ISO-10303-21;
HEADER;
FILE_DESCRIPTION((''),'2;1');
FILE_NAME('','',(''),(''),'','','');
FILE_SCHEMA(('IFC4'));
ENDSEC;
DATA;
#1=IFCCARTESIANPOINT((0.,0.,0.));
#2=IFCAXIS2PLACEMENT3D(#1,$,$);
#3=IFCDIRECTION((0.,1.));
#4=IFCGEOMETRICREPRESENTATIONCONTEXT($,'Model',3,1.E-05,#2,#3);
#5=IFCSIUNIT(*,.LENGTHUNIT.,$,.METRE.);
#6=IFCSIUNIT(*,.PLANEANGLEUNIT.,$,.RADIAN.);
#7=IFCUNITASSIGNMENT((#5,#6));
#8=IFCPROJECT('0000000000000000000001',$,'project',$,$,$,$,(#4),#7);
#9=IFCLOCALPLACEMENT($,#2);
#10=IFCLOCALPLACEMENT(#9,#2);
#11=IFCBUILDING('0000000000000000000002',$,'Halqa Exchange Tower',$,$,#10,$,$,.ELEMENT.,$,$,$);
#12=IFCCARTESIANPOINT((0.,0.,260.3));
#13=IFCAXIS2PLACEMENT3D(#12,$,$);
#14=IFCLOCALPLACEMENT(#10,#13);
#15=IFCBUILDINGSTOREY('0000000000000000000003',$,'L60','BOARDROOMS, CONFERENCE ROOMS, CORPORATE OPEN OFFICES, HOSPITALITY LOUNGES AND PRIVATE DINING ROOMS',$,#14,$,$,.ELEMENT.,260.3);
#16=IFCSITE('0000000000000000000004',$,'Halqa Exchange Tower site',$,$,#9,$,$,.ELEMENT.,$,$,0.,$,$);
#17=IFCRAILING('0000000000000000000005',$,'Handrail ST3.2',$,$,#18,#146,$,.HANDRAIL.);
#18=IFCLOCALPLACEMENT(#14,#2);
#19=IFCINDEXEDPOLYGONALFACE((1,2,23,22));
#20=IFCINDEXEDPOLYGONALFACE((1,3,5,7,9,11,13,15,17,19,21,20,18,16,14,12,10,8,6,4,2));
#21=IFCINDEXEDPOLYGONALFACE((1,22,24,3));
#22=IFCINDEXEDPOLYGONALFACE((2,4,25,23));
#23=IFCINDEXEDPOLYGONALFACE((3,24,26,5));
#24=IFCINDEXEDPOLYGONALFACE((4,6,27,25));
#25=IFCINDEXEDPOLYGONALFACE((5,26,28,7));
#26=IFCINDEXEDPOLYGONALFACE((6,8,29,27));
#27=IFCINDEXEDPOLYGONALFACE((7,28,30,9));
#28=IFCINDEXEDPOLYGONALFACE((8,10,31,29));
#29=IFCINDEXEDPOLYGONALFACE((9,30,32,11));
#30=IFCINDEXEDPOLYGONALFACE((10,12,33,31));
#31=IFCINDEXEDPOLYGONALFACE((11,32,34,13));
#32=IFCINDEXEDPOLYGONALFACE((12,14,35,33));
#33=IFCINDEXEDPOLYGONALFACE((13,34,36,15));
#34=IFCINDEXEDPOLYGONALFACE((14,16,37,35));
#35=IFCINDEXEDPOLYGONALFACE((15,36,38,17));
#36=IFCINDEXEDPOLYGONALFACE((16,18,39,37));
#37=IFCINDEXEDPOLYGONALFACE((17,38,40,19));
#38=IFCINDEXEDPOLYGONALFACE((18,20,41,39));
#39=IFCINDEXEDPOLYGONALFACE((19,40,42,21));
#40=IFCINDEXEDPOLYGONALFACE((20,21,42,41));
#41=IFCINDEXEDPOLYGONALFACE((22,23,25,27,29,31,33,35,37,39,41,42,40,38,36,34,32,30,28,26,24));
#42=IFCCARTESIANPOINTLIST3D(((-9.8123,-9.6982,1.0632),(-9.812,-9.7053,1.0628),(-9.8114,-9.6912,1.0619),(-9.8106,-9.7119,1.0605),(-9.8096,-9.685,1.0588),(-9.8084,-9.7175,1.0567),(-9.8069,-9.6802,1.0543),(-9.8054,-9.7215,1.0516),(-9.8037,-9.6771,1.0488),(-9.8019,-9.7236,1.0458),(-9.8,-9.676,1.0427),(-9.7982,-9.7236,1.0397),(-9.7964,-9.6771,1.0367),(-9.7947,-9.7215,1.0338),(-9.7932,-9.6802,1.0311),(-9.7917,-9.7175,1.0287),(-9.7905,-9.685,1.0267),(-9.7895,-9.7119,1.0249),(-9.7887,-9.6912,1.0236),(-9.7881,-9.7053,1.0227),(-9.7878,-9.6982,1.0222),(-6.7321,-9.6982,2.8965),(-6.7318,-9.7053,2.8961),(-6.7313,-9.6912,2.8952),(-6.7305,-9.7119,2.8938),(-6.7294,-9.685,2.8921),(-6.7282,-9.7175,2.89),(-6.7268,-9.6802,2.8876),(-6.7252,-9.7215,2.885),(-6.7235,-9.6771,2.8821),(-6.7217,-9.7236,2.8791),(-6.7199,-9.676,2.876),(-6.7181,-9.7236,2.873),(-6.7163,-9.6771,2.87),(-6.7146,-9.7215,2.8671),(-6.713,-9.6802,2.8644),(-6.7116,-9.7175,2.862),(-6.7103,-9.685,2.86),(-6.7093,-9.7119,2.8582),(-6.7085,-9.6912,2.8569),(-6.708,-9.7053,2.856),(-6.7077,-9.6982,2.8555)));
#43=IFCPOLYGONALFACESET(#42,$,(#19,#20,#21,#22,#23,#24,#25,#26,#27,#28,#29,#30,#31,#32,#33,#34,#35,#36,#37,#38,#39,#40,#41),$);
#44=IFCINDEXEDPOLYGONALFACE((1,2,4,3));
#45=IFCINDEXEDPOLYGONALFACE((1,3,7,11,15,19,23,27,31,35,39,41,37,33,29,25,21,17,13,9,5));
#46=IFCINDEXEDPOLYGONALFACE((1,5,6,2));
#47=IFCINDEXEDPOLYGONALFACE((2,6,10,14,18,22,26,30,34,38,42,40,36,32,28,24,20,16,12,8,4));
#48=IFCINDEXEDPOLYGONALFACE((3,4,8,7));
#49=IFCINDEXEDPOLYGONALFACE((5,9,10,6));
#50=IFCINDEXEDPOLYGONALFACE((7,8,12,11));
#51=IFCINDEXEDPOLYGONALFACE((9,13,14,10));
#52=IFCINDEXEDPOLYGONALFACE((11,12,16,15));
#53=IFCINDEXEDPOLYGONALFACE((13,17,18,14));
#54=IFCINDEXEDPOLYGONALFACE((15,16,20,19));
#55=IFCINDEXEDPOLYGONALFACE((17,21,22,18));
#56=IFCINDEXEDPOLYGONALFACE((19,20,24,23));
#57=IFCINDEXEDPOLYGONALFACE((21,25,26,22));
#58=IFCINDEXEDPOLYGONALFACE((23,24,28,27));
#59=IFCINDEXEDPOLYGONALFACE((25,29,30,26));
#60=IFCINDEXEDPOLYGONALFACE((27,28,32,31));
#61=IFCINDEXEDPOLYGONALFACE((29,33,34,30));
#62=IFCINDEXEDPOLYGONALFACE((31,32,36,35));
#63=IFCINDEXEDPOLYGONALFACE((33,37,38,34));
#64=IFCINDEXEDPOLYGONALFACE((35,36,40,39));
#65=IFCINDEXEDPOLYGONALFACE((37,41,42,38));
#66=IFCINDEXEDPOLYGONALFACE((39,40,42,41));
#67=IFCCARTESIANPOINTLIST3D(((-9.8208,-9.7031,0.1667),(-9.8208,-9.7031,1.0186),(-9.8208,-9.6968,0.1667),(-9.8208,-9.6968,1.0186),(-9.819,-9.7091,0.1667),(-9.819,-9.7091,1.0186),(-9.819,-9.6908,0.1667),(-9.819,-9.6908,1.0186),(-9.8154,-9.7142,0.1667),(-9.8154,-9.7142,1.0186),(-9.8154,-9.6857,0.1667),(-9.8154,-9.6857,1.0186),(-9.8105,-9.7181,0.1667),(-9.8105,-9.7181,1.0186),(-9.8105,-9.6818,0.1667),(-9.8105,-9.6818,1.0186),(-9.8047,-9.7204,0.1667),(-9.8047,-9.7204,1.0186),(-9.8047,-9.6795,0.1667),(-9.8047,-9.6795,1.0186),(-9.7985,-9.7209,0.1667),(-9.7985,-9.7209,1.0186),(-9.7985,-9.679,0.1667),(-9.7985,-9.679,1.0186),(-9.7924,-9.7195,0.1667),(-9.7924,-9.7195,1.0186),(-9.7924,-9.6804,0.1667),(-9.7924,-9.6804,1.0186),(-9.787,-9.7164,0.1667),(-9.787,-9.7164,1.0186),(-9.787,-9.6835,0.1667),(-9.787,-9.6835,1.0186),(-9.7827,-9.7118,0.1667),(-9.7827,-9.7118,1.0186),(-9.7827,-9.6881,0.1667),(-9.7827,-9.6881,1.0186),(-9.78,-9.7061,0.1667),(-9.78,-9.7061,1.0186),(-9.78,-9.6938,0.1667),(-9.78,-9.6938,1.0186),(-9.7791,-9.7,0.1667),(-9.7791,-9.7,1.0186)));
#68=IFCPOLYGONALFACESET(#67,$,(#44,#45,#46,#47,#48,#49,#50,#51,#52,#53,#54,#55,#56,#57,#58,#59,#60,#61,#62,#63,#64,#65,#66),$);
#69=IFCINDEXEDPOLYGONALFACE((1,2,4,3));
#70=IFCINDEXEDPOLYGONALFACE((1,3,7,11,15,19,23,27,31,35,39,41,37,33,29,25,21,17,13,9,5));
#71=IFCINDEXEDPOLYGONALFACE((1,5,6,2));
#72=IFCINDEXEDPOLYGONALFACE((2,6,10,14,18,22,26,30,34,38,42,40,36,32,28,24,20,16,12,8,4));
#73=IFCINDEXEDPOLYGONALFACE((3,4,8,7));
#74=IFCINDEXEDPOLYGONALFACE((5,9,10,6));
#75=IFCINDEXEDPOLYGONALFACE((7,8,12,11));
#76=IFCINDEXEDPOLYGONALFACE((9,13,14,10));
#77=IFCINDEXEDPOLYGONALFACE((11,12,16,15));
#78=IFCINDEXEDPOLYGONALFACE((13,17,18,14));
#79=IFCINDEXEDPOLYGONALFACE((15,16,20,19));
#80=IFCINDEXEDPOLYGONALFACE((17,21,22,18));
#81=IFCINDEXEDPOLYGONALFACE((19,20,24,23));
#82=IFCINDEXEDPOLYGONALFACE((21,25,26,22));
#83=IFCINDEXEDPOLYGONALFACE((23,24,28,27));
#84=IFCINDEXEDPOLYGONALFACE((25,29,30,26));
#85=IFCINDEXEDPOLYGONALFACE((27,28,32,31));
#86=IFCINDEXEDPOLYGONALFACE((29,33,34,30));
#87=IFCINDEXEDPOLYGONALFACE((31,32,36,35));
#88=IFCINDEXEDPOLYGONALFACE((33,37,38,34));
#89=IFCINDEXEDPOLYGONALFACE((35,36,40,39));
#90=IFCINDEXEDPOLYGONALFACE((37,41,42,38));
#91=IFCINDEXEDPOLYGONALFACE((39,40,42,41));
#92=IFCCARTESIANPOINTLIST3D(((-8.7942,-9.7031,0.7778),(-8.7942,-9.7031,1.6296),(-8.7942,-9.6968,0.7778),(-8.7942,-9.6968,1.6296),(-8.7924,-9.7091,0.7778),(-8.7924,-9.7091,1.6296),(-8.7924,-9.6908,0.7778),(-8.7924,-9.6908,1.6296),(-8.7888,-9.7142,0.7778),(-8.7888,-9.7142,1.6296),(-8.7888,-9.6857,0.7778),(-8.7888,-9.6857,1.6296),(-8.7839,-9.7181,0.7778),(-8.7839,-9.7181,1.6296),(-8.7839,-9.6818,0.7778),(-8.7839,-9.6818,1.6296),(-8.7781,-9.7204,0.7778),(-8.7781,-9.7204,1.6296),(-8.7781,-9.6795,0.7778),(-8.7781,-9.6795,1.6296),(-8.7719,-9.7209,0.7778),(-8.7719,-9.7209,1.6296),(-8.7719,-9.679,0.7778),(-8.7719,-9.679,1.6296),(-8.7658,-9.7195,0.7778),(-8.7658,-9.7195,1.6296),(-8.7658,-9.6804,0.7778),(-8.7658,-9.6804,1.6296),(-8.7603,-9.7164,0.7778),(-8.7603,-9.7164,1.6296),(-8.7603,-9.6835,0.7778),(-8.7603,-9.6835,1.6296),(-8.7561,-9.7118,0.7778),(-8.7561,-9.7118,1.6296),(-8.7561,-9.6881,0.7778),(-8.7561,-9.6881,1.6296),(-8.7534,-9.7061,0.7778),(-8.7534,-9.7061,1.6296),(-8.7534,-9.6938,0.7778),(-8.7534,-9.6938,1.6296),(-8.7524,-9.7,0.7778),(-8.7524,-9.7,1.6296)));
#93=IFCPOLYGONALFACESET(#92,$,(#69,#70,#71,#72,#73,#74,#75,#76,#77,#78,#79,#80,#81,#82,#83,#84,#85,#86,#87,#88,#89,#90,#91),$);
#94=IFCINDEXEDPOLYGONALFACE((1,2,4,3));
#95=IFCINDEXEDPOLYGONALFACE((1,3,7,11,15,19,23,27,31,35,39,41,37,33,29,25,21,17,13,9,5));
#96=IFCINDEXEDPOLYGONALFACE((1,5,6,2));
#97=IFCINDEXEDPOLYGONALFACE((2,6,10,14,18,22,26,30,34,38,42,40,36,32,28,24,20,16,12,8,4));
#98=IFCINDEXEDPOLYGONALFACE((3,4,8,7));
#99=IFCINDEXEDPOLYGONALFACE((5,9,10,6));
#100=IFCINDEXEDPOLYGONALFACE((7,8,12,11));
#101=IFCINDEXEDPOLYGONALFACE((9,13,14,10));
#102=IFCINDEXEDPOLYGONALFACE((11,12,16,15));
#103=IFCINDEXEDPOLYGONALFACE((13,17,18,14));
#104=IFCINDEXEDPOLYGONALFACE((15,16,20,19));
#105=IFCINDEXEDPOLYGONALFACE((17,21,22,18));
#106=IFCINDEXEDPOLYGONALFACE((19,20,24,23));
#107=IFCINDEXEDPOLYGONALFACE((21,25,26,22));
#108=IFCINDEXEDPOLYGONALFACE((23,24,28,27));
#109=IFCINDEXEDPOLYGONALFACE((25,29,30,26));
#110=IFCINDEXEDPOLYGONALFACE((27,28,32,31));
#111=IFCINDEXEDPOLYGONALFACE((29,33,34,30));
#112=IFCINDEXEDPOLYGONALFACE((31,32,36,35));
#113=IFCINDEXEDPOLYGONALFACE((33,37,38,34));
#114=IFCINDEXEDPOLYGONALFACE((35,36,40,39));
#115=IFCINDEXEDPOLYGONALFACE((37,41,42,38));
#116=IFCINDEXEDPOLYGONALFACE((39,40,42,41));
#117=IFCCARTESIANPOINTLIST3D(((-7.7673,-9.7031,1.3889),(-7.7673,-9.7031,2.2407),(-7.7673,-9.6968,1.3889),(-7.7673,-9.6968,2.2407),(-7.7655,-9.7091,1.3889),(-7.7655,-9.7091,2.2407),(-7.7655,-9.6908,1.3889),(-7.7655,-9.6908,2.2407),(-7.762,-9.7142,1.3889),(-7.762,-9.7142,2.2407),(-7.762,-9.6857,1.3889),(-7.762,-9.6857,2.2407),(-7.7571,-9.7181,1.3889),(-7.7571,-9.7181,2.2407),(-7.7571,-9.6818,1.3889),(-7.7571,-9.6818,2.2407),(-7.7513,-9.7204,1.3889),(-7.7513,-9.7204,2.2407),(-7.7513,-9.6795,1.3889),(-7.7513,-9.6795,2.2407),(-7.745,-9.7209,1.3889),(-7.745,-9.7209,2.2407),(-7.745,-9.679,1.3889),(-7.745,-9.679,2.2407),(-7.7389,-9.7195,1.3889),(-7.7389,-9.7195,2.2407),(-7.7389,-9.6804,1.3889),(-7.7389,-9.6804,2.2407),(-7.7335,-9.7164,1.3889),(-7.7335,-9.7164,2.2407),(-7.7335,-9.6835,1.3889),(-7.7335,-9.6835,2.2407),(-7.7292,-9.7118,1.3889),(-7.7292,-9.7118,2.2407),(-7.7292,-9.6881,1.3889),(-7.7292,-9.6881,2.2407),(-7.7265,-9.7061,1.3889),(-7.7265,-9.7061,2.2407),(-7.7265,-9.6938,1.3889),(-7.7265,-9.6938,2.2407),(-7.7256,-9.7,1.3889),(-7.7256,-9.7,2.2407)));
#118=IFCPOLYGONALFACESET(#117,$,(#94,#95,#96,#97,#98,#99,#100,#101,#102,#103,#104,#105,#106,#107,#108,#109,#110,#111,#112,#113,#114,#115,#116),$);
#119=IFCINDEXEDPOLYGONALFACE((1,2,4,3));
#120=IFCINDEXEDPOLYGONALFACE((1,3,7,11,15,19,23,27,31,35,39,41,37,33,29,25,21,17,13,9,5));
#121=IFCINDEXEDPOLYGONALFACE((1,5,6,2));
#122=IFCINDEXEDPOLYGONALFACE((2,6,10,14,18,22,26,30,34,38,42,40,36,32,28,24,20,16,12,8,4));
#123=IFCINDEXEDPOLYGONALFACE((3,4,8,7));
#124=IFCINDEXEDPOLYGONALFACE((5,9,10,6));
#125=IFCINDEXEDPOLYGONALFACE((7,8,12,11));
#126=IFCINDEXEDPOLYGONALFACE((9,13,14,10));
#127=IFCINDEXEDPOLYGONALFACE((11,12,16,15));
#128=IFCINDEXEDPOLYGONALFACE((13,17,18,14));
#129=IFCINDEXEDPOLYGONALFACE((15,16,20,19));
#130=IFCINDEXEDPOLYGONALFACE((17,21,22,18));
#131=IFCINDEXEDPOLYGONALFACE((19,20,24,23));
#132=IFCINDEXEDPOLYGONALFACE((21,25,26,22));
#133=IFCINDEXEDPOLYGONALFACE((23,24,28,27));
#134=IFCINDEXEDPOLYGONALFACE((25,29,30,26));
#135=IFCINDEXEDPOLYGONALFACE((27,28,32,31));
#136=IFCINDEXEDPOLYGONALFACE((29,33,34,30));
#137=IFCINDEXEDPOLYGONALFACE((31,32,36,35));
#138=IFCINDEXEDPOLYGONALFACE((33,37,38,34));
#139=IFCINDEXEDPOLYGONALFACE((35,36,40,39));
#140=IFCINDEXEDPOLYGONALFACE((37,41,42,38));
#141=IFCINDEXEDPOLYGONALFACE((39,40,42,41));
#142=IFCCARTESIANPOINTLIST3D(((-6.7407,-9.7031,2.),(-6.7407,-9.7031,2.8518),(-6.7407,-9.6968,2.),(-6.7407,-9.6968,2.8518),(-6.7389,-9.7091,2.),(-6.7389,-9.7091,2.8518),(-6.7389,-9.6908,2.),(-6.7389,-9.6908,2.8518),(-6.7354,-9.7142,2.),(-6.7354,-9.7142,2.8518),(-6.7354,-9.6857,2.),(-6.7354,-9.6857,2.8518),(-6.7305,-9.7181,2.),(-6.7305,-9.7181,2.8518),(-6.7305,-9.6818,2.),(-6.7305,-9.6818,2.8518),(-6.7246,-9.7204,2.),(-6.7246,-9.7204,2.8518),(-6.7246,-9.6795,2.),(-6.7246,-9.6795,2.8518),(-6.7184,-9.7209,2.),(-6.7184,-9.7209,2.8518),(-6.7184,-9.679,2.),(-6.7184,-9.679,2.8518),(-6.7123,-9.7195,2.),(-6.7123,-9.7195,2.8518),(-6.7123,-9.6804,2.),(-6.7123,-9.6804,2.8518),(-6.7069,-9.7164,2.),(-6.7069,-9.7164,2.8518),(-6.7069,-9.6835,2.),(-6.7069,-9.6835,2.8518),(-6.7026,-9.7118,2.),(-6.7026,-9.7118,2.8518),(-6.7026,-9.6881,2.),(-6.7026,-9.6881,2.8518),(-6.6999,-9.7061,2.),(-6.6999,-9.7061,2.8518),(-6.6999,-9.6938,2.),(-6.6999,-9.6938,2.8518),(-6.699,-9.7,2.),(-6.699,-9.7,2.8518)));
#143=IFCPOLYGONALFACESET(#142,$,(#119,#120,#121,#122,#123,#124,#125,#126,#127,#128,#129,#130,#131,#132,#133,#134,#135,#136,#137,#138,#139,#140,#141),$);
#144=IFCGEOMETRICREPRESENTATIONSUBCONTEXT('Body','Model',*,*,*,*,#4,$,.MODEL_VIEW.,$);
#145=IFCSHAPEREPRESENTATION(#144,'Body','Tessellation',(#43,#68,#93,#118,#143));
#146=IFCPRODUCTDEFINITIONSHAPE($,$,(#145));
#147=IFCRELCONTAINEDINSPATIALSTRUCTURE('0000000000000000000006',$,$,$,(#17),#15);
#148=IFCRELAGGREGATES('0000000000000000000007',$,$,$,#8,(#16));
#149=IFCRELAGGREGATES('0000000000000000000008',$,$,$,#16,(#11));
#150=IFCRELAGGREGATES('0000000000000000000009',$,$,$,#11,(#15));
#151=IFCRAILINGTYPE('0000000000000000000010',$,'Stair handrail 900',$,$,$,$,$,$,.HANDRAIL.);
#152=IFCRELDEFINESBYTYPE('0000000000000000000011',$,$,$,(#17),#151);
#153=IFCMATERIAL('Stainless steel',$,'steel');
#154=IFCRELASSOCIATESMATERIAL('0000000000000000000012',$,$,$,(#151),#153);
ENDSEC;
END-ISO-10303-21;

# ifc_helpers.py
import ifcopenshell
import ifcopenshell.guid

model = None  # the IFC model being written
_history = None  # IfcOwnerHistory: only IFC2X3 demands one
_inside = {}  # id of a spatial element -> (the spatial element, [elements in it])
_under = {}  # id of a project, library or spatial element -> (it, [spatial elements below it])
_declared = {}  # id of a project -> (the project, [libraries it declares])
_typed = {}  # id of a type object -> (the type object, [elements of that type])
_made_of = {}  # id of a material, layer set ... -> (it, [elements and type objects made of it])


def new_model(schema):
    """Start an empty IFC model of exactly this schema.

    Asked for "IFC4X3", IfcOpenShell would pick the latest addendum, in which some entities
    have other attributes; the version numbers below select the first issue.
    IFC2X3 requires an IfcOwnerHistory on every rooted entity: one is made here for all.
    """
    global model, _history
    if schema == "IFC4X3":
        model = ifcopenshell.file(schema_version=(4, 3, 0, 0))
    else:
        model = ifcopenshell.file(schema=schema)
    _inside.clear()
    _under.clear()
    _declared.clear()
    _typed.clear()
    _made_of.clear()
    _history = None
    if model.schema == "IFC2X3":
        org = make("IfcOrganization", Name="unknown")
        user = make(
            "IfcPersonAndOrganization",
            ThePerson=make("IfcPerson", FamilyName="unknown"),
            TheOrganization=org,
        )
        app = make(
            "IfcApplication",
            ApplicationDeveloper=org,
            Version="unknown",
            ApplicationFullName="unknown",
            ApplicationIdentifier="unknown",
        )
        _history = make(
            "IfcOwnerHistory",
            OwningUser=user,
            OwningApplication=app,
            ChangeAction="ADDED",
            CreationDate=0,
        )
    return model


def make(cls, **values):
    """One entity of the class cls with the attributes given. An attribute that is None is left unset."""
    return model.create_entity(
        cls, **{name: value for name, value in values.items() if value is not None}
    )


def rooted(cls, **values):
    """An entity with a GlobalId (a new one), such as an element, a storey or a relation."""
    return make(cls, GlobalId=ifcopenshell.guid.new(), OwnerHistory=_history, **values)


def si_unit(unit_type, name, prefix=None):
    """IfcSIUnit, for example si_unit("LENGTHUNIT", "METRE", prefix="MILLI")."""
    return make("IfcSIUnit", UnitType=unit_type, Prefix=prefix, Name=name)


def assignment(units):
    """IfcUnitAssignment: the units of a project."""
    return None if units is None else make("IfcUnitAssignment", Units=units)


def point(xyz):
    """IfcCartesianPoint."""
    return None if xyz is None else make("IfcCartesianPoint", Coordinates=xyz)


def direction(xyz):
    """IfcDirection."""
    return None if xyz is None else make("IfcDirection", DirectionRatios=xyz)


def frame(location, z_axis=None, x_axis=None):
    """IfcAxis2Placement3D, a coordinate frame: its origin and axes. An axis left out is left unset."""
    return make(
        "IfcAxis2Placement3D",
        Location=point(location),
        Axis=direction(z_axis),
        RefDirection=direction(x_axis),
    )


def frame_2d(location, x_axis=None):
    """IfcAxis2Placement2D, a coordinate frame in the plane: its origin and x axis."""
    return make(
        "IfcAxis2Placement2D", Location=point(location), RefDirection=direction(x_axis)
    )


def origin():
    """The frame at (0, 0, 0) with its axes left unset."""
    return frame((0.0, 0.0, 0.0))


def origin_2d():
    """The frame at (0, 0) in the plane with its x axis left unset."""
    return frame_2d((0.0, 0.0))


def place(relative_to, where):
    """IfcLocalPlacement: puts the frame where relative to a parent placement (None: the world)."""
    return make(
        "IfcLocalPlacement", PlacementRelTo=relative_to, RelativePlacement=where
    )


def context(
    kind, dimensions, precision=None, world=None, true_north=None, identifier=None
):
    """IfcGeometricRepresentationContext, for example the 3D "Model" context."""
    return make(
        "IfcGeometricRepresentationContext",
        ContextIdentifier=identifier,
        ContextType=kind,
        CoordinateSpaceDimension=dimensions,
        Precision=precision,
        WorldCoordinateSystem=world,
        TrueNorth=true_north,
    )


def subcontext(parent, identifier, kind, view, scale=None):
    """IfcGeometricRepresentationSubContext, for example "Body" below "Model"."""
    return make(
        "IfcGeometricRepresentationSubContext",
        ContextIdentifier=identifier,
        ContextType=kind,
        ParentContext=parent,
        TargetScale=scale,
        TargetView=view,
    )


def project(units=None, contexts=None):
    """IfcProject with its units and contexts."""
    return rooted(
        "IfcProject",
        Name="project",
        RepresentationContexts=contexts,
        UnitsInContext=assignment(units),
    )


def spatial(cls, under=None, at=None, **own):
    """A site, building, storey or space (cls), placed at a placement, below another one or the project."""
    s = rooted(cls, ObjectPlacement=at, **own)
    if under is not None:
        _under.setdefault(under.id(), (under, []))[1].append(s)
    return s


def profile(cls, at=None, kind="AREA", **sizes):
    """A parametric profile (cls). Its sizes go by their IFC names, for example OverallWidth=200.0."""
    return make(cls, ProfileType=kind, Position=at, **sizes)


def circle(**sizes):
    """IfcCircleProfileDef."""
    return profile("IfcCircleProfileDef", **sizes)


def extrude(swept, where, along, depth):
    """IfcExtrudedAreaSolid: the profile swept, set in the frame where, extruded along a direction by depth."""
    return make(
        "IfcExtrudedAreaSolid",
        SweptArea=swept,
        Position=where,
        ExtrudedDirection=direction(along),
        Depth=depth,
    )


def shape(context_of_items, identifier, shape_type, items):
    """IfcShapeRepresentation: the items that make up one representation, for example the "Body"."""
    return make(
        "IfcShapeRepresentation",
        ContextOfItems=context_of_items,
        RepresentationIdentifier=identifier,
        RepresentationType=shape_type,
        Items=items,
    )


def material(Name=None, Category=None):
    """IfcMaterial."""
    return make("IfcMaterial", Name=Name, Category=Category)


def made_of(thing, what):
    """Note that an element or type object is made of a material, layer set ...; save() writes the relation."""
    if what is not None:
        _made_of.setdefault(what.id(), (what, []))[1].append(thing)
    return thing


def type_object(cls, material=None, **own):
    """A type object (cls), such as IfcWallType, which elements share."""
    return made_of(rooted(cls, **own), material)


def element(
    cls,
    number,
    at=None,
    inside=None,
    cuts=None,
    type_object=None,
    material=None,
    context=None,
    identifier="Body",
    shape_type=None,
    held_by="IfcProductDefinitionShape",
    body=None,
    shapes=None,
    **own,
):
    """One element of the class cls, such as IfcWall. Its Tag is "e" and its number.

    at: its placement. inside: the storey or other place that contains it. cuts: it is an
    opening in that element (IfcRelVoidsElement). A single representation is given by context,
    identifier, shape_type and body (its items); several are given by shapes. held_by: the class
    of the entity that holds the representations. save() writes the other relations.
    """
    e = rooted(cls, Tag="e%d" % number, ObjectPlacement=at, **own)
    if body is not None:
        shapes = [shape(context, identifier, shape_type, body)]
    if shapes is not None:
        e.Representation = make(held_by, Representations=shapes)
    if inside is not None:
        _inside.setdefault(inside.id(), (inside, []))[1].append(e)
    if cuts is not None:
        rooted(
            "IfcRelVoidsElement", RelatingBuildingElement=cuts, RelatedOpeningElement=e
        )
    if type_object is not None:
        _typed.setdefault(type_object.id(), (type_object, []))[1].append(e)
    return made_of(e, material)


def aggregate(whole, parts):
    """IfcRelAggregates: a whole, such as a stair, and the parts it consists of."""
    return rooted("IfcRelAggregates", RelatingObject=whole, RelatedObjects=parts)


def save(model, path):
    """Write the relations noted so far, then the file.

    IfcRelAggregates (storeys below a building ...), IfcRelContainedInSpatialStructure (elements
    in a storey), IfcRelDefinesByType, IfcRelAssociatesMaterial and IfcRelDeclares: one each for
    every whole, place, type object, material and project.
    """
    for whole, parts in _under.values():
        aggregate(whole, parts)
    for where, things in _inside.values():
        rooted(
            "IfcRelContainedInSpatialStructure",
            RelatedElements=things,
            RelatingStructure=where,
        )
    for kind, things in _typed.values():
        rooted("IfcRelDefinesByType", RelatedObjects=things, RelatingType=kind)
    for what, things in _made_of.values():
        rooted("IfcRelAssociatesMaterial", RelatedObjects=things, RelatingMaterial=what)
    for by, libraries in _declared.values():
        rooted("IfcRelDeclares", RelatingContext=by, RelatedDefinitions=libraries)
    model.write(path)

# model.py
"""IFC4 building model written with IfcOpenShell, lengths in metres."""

from ifc_helpers import new_model, si_unit, direction, frame, origin, origin_2d, place, context, subcontext, project, spatial, circle, extrude, material, type_object, element, save


model = new_model("IFC4")

# Units and contexts
model_context = context("Model", 3, precision=1e-05, world=origin(), true_north=direction((0.0, 1.0)))
body_context = subcontext(model_context, "Body", "Model", "MODEL_VIEW")
ifc_project = project(units=[si_unit("LENGTHUNIT", "METRE"), si_unit("PLANEANGLEUNIT", "RADIAN")], contexts=[model_context])

# Site, building, storey
site_placement = place(None, origin())
site = spatial("IfcSite", under=ifc_project, at=site_placement, Name="Halqa Exchange Tower site", CompositionType="ELEMENT", RefElevation=0.0)
building_placement = place(site_placement, origin())
building = spatial("IfcBuilding", under=site, at=building_placement, Name="Halqa Exchange Tower", CompositionType="ELEMENT")
storey_placement = place(building_placement, frame((0.0, 0.0, 260.3)))
storey = spatial("IfcBuildingStorey", under=building, at=storey_placement, Name="L60", Description="BOARDROOMS, CONFERENCE ROOMS, CORPORATE OPEN OFFICES, HOSPITALITY LOUNGES AND PRIVATE DINING ROOMS", CompositionType="ELEMENT", Elevation=260.3)

# Shared definitions
ifc_material_1 = material(Name="Stainless steel", Category="steel")

# Railing
railing_type_1 = type_object("IfcRailingType", Name="Stair handrail 900", PredefinedType="HANDRAIL", material=ifc_material_1)
railing_1_placement = place(storey_placement, frame((-9.8, -9.7, 0.1667)))
element("IfcRailing", 1, at=railing_1_placement, inside=storey, type_object=railing_type_1, Name="Handrail ST3.2", PredefinedType="HANDRAIL", context=body_context, shape_type="SweptSolid", body=[
    extrude(circle(Radius=0.0239, at=origin_2d()), frame((0.0, 0.0, 0.876), z_axis=(0.859309, 0.0, 0.511458), x_axis=(0.0, 1.0, 0.0)), (0.0, 0.0, 1.0), 3.5845),
    extrude(circle(Radius=0.021, at=origin_2d()), origin(), (0.0, 0.0, 1.0), 0.8518),
    extrude(circle(Radius=0.021, at=origin_2d()), frame((1.0266, 0.0, 0.6111)), (0.0, 0.0, 1.0), 0.8518),
    extrude(circle(Radius=0.021, at=origin_2d()), frame((2.0535, 0.0, 1.2222)), (0.0, 0.0, 1.0), 0.8518),
    extrude(circle(Radius=0.021, at=origin_2d()), frame((3.0801, 0.0, 1.8333)), (0.0, 0.0, 1.0), 0.8518),
])

save(model, "model.ifc")
